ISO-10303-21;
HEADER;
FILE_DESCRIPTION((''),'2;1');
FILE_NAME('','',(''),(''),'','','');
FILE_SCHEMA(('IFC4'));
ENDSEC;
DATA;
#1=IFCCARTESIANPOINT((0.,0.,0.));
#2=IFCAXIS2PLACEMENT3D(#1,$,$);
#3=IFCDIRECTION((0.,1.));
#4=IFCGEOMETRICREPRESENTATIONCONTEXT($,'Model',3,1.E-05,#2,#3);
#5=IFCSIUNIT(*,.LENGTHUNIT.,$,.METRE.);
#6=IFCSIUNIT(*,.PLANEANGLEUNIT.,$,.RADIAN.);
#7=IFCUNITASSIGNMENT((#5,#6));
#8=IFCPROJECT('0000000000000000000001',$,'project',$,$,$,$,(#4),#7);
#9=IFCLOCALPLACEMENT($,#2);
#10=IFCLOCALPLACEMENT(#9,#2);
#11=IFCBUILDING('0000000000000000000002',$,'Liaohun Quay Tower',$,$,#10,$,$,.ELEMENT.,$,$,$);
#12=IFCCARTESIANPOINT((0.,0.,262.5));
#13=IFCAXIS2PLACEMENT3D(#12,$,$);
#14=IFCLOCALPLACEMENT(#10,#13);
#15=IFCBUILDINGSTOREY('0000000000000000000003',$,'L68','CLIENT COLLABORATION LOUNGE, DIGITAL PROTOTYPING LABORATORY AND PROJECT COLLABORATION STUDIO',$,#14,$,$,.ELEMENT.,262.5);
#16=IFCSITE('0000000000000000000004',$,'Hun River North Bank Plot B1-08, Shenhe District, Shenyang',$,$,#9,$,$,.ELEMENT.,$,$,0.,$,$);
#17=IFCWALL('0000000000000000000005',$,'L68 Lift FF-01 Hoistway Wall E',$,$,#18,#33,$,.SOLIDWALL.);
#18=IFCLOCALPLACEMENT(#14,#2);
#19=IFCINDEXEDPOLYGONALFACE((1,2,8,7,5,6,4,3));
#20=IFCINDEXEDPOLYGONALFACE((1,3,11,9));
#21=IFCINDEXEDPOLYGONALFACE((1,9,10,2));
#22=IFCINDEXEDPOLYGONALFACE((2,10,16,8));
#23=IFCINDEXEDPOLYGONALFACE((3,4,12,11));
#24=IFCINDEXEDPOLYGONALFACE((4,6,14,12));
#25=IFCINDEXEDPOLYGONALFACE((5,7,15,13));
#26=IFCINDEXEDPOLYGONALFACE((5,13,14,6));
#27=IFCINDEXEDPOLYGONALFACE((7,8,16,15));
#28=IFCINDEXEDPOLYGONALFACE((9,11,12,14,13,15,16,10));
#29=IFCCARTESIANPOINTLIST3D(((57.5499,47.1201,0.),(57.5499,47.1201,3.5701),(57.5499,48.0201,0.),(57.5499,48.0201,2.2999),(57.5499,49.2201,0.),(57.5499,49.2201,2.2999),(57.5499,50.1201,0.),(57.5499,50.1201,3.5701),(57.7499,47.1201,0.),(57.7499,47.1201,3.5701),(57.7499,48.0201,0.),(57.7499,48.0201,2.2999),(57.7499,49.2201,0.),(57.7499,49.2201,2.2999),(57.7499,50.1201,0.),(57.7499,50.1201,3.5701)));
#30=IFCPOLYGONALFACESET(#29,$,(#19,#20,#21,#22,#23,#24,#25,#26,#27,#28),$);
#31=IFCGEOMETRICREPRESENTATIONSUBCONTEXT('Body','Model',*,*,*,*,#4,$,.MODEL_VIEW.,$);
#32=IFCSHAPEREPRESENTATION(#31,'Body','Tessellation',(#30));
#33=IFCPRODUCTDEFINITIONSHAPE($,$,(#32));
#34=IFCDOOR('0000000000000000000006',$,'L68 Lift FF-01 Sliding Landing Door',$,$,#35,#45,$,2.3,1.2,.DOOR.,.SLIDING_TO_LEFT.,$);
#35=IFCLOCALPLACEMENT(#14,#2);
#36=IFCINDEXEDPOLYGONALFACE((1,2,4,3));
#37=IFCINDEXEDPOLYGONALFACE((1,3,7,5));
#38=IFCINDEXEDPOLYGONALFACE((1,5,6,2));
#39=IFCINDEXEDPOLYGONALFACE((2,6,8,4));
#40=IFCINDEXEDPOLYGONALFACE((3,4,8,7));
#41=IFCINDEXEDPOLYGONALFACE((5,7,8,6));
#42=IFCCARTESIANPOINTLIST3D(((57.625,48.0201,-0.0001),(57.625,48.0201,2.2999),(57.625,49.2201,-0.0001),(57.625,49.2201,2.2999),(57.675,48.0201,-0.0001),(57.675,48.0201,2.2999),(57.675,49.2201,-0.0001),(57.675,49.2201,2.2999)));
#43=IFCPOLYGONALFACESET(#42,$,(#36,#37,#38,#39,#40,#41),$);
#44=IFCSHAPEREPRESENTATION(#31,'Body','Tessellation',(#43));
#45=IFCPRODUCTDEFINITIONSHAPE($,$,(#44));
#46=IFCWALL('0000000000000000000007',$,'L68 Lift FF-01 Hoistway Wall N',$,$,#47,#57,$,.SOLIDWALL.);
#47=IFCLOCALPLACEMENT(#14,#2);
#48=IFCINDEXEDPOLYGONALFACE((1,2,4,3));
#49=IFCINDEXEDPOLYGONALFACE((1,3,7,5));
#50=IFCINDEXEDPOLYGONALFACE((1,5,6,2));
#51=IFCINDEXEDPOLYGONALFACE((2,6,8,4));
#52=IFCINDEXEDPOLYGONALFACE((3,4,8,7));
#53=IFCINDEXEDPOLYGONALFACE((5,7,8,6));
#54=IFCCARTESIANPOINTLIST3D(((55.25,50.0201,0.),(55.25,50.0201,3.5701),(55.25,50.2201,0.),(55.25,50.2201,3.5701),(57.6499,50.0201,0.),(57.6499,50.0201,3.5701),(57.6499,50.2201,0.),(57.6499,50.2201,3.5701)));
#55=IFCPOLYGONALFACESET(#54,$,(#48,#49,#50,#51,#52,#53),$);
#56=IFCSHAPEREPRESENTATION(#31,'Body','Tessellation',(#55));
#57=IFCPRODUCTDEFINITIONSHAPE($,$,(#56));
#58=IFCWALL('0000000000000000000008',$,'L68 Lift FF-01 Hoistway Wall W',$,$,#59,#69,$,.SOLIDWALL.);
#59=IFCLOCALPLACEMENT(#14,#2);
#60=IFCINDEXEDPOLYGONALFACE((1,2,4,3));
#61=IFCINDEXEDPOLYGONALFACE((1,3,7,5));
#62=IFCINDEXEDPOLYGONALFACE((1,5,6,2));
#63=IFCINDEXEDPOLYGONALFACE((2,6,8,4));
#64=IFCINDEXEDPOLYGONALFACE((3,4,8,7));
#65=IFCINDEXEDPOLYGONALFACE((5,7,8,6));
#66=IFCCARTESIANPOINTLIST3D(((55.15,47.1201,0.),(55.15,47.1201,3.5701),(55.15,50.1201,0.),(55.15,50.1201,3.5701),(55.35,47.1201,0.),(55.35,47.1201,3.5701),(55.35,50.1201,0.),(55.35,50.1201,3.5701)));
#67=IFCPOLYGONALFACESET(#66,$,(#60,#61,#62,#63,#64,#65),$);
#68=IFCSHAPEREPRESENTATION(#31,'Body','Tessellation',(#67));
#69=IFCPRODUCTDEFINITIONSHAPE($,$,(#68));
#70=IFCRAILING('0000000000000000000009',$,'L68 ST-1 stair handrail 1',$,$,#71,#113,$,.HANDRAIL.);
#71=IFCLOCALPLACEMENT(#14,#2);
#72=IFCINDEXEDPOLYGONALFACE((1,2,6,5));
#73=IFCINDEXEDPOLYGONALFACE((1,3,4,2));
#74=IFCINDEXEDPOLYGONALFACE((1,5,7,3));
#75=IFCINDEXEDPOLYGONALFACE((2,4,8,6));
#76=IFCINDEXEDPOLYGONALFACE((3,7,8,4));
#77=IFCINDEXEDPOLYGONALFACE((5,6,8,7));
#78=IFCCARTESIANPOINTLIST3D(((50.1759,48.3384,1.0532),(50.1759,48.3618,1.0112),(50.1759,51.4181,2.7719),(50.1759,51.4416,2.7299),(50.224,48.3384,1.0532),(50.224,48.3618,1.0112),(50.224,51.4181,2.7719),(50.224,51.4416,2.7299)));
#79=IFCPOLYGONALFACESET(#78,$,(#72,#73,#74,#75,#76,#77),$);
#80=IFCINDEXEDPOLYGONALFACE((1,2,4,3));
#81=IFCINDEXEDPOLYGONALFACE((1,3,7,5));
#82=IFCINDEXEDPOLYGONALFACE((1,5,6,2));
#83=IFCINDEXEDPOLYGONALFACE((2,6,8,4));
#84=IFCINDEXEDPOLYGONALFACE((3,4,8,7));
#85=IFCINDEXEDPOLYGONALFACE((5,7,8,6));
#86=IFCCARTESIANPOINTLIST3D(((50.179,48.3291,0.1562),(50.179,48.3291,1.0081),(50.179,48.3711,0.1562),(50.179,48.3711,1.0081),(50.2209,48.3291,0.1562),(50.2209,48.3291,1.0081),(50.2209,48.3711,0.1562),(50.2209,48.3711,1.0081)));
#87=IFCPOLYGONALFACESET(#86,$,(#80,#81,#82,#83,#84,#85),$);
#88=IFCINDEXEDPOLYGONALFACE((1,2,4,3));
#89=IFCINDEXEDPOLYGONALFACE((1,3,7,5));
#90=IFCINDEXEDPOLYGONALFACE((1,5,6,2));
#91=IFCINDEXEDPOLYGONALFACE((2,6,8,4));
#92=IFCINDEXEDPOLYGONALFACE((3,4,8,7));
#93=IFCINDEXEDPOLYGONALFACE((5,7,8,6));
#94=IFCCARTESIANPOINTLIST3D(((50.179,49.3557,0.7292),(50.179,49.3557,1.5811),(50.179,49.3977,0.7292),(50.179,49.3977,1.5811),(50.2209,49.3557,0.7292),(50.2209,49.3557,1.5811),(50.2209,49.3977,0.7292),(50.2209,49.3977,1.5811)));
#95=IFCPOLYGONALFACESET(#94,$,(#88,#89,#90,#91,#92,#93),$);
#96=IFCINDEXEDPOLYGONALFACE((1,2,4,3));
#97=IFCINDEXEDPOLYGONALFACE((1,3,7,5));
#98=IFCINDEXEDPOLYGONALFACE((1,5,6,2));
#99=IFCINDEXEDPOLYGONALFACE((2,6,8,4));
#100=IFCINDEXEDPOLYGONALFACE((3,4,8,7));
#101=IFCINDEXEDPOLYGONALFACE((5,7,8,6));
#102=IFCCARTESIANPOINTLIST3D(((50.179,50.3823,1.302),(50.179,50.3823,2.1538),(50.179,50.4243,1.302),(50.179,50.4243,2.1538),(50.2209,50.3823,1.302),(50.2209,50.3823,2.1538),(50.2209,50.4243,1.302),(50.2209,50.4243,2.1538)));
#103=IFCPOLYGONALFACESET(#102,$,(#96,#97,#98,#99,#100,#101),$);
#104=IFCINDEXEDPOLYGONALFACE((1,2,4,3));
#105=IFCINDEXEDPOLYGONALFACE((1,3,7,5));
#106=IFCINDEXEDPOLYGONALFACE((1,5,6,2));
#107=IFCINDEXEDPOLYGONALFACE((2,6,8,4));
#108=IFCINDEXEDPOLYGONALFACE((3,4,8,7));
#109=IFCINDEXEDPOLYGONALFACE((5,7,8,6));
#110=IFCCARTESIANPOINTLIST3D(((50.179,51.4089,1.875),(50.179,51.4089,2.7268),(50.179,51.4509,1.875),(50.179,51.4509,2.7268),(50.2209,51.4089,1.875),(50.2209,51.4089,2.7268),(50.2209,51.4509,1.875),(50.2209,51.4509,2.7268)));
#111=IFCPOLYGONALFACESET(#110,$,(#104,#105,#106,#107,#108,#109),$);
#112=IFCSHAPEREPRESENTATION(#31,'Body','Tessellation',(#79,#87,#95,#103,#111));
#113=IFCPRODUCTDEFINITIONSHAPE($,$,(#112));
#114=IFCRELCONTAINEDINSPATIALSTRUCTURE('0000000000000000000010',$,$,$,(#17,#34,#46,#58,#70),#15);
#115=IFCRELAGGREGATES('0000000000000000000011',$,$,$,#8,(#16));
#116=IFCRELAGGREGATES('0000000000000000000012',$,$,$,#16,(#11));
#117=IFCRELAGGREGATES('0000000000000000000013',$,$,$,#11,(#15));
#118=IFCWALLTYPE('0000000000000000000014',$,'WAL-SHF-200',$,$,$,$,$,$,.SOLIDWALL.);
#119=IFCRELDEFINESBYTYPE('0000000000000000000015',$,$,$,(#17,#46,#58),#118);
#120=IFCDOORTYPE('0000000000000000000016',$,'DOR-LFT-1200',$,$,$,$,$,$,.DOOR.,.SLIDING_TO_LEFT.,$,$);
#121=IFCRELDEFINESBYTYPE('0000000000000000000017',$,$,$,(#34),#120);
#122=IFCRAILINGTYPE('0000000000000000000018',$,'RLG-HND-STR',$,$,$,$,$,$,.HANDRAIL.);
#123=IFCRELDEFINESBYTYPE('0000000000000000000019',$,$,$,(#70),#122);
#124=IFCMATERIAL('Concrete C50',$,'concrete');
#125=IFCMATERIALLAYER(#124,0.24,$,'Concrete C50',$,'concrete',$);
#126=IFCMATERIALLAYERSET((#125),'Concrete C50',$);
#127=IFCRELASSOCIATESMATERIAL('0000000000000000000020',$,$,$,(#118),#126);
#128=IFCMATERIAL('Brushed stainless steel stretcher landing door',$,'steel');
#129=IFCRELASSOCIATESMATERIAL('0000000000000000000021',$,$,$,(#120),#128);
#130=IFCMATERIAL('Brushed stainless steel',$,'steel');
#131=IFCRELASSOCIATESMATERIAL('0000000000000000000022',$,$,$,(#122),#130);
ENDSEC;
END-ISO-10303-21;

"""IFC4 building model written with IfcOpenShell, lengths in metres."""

from ifc_helpers import new_model, si_unit, direction, frame, frame_2d, origin, origin_2d, place, context, subcontext, project, spatial, rectangle, extrude, source, transform, mapped, material, layer, layer_set, type_object, element, fill, save


model = new_model("IFC4")

# Units and contexts
model_context = context("Model", 3, precision=1e-05, world=origin(), true_north=direction((0.0, 1.0)))
body_context = subcontext(model_context, "Body", "Model", "MODEL_VIEW")
ifc_project = project(units=[si_unit("LENGTHUNIT", "METRE"), si_unit("PLANEANGLEUNIT", "RADIAN")], contexts=[model_context])

# Site, building, storey
site_placement = place(None, origin())
site = spatial("IfcSite", under=ifc_project, at=site_placement, Name="Hun River North Bank Plot B1-08, Shenhe District, Shenyang", CompositionType="ELEMENT", RefElevation=0.0)
building_placement = place(site_placement, origin())
building = spatial("IfcBuilding", under=site, at=building_placement, Name="Liaohun Quay Tower", CompositionType="ELEMENT")
storey_placement = place(building_placement, frame((0.0, 0.0, 262.5)))
storey = spatial("IfcBuildingStorey", under=building, at=storey_placement, Name="L68", Description="CLIENT COLLABORATION LOUNGE, DIGITAL PROTOTYPING LABORATORY AND PROJECT COLLABORATION STUDIO", CompositionType="ELEMENT", Elevation=262.5)

# Shared definitions
ifc_material_1 = material(Name="Concrete C50", Category="concrete")

# Shared definitions
ifc_layer_1 = layer(ifc_material_1, 0.24, Name="Concrete C50", Category="concrete")
ifc_layer_set_1 = layer_set([ifc_layer_1], Name="Concrete C50")
wall_type_1 = type_object("IfcWallType", Name="WAL-SHF-200", PredefinedType="SOLIDWALL", material=ifc_layer_set_1)

# Wall, opening, door
wall_1_placement = place(storey_placement, frame((57.6499, 47.1201, 0.0), z_axis=(0.0, 0.0, 1.0), x_axis=(0.0, 1.0, 0.0)))
wall_1 = element("IfcWall", 1, at=wall_1_placement, inside=storey, type_object=wall_type_1, Name="L68 Lift FF-01 Hoistway Wall E", PredefinedType="SOLIDWALL", context=body_context, shape_type="SweptSolid", body=[
    extrude(rectangle(XDim=3.0, YDim=0.2, at=frame_2d((1.5, 0.0))), origin(), (0.0, 0.0, 1.0), 3.5701),
])
shared_shape_1 = source(origin(), body_context, "Body", "SweptSolid", [
    extrude(rectangle(XDim=1.2, YDim=2.3, at=frame_2d((0.6001, 1.1499))), frame((0.0, 0.1099, 0.0), z_axis=(0.0, -1.0, 0.0), x_axis=(1.0, 0.0, 0.0)), (0.0, 0.0, 1.0), 0.22),
])
opening_1_placement = place(wall_1_placement, frame((0.8999, 0.0, 0.0)))
opening_1 = element("IfcOpeningElement", 2, at=opening_1_placement, cuts=wall_1, PredefinedType="OPENING", context=body_context, shape_type="MappedRepresentation", body=[
    mapped(shared_shape_1, transform((0.0, 0.0, 0.0), x_axis=(1.0, 0.0, 0.0), y_axis=(0.0, 1.0, 0.0), z_axis=(0.0, 0.0, 1.0), scale=1.0)),
])
ifc_material_2 = material(Name="Brushed stainless steel stretcher landing door", Category="steel")
door_type_1 = type_object("IfcDoorType", Name="DOR-LFT-1200", OperationType="SLIDING_TO_LEFT", PredefinedType="DOOR", material=ifc_material_2)
shared_shape_2 = source(origin(), body_context, "Body", "SweptSolid", [
    extrude(rectangle(XDim=1.2, YDim=2.3, at=frame_2d((0.6001, 1.1499))), frame((0.0, 0.0249, 0.0), z_axis=(0.0, -1.0, 0.0), x_axis=(1.0, 0.0, 0.0)), (0.0, 0.0, 1.0), 0.05),
])
door_1_placement = place(opening_1_placement, origin())
door_1 = element("IfcDoor", 3, at=door_1_placement, inside=storey, type_object=door_type_1, Name="L68 Lift FF-01 Sliding Landing Door", OperationType="SLIDING_TO_LEFT", OverallHeight=2.3, OverallWidth=1.2, PredefinedType="DOOR", context=body_context, shape_type="MappedRepresentation", body=[
    mapped(shared_shape_2, transform((0.0, 0.0, 0.0), x_axis=(1.0, 0.0, 0.0), y_axis=(0.0, 1.0, 0.0), z_axis=(0.0, 0.0, 1.0), scale=1.0)),
])
fill(opening_1, door_1)

# Walls
wall_2_placement = place(storey_placement, frame((57.6499, 50.1201, 0.0), z_axis=(0.0, 0.0, 1.0), x_axis=(-1.0, 0.0, 0.0)))
element("IfcWall", 4, at=wall_2_placement, inside=storey, type_object=wall_type_1, Name="L68 Lift FF-01 Hoistway Wall N", PredefinedType="SOLIDWALL", context=body_context, shape_type="SweptSolid", body=[
    extrude(rectangle(XDim=2.3999, YDim=0.2, at=frame_2d((1.2, 0.0))), origin(), (0.0, 0.0, 1.0), 3.5701),
])
wall_3_placement = place(storey_placement, frame((55.25, 50.1201, 0.0), z_axis=(0.0, 0.0, 1.0), x_axis=(0.0, -1.0, 0.0)))
element("IfcWall", 5, at=wall_3_placement, inside=storey, type_object=wall_type_1, Name="L68 Lift FF-01 Hoistway Wall W", PredefinedType="SOLIDWALL", context=body_context, shape_type="SweptSolid", body=[
    extrude(rectangle(XDim=3.0, YDim=0.2, at=frame_2d((1.5, 0.0))), origin(), (0.0, 0.0, 1.0), 3.5701),
])

# Railing
ifc_material_3 = material(Name="Brushed stainless steel", Category="steel")
railing_type = type_object("IfcRailingType", Name="RLG-HND-STR", PredefinedType="HANDRAIL", material=ifc_material_3)
railing_placement = place(storey_placement, frame((50.2, 48.3501, 0.1562)))
element("IfcRailing", 6, at=railing_placement, inside=storey, type_object=railing_type, Name="L68 ST-1 stair handrail 1", PredefinedType="HANDRAIL", context=body_context, shape_type="SweptSolid", body=[
    extrude(rectangle(XDim=0.0481, YDim=0.0481, at=origin_2d()), frame((0.0, 0.0, 0.876), z_axis=(0.0, 0.873225, 0.487317), x_axis=(-1.0, 0.0, 0.0)), (0.0, 0.0, 1.0), 3.5269),
    extrude(rectangle(XDim=0.042, YDim=0.042, at=origin_2d()), origin(), (0.0, 0.0, 1.0), 0.8518),
    extrude(rectangle(XDim=0.042, YDim=0.042, at=origin_2d()), frame((0.0, 1.0266, 0.573)), (0.0, 0.0, 1.0), 0.8518),
    extrude(rectangle(XDim=0.042, YDim=0.042, at=origin_2d()), frame((0.0, 2.0532, 1.1458)), (0.0, 0.0, 1.0), 0.8518),
    extrude(rectangle(XDim=0.042, YDim=0.042, at=origin_2d()), frame((0.0, 3.0798, 1.7188)), (0.0, 0.0, 1.0), 0.8518),
])

save(model, "model.ifc")
